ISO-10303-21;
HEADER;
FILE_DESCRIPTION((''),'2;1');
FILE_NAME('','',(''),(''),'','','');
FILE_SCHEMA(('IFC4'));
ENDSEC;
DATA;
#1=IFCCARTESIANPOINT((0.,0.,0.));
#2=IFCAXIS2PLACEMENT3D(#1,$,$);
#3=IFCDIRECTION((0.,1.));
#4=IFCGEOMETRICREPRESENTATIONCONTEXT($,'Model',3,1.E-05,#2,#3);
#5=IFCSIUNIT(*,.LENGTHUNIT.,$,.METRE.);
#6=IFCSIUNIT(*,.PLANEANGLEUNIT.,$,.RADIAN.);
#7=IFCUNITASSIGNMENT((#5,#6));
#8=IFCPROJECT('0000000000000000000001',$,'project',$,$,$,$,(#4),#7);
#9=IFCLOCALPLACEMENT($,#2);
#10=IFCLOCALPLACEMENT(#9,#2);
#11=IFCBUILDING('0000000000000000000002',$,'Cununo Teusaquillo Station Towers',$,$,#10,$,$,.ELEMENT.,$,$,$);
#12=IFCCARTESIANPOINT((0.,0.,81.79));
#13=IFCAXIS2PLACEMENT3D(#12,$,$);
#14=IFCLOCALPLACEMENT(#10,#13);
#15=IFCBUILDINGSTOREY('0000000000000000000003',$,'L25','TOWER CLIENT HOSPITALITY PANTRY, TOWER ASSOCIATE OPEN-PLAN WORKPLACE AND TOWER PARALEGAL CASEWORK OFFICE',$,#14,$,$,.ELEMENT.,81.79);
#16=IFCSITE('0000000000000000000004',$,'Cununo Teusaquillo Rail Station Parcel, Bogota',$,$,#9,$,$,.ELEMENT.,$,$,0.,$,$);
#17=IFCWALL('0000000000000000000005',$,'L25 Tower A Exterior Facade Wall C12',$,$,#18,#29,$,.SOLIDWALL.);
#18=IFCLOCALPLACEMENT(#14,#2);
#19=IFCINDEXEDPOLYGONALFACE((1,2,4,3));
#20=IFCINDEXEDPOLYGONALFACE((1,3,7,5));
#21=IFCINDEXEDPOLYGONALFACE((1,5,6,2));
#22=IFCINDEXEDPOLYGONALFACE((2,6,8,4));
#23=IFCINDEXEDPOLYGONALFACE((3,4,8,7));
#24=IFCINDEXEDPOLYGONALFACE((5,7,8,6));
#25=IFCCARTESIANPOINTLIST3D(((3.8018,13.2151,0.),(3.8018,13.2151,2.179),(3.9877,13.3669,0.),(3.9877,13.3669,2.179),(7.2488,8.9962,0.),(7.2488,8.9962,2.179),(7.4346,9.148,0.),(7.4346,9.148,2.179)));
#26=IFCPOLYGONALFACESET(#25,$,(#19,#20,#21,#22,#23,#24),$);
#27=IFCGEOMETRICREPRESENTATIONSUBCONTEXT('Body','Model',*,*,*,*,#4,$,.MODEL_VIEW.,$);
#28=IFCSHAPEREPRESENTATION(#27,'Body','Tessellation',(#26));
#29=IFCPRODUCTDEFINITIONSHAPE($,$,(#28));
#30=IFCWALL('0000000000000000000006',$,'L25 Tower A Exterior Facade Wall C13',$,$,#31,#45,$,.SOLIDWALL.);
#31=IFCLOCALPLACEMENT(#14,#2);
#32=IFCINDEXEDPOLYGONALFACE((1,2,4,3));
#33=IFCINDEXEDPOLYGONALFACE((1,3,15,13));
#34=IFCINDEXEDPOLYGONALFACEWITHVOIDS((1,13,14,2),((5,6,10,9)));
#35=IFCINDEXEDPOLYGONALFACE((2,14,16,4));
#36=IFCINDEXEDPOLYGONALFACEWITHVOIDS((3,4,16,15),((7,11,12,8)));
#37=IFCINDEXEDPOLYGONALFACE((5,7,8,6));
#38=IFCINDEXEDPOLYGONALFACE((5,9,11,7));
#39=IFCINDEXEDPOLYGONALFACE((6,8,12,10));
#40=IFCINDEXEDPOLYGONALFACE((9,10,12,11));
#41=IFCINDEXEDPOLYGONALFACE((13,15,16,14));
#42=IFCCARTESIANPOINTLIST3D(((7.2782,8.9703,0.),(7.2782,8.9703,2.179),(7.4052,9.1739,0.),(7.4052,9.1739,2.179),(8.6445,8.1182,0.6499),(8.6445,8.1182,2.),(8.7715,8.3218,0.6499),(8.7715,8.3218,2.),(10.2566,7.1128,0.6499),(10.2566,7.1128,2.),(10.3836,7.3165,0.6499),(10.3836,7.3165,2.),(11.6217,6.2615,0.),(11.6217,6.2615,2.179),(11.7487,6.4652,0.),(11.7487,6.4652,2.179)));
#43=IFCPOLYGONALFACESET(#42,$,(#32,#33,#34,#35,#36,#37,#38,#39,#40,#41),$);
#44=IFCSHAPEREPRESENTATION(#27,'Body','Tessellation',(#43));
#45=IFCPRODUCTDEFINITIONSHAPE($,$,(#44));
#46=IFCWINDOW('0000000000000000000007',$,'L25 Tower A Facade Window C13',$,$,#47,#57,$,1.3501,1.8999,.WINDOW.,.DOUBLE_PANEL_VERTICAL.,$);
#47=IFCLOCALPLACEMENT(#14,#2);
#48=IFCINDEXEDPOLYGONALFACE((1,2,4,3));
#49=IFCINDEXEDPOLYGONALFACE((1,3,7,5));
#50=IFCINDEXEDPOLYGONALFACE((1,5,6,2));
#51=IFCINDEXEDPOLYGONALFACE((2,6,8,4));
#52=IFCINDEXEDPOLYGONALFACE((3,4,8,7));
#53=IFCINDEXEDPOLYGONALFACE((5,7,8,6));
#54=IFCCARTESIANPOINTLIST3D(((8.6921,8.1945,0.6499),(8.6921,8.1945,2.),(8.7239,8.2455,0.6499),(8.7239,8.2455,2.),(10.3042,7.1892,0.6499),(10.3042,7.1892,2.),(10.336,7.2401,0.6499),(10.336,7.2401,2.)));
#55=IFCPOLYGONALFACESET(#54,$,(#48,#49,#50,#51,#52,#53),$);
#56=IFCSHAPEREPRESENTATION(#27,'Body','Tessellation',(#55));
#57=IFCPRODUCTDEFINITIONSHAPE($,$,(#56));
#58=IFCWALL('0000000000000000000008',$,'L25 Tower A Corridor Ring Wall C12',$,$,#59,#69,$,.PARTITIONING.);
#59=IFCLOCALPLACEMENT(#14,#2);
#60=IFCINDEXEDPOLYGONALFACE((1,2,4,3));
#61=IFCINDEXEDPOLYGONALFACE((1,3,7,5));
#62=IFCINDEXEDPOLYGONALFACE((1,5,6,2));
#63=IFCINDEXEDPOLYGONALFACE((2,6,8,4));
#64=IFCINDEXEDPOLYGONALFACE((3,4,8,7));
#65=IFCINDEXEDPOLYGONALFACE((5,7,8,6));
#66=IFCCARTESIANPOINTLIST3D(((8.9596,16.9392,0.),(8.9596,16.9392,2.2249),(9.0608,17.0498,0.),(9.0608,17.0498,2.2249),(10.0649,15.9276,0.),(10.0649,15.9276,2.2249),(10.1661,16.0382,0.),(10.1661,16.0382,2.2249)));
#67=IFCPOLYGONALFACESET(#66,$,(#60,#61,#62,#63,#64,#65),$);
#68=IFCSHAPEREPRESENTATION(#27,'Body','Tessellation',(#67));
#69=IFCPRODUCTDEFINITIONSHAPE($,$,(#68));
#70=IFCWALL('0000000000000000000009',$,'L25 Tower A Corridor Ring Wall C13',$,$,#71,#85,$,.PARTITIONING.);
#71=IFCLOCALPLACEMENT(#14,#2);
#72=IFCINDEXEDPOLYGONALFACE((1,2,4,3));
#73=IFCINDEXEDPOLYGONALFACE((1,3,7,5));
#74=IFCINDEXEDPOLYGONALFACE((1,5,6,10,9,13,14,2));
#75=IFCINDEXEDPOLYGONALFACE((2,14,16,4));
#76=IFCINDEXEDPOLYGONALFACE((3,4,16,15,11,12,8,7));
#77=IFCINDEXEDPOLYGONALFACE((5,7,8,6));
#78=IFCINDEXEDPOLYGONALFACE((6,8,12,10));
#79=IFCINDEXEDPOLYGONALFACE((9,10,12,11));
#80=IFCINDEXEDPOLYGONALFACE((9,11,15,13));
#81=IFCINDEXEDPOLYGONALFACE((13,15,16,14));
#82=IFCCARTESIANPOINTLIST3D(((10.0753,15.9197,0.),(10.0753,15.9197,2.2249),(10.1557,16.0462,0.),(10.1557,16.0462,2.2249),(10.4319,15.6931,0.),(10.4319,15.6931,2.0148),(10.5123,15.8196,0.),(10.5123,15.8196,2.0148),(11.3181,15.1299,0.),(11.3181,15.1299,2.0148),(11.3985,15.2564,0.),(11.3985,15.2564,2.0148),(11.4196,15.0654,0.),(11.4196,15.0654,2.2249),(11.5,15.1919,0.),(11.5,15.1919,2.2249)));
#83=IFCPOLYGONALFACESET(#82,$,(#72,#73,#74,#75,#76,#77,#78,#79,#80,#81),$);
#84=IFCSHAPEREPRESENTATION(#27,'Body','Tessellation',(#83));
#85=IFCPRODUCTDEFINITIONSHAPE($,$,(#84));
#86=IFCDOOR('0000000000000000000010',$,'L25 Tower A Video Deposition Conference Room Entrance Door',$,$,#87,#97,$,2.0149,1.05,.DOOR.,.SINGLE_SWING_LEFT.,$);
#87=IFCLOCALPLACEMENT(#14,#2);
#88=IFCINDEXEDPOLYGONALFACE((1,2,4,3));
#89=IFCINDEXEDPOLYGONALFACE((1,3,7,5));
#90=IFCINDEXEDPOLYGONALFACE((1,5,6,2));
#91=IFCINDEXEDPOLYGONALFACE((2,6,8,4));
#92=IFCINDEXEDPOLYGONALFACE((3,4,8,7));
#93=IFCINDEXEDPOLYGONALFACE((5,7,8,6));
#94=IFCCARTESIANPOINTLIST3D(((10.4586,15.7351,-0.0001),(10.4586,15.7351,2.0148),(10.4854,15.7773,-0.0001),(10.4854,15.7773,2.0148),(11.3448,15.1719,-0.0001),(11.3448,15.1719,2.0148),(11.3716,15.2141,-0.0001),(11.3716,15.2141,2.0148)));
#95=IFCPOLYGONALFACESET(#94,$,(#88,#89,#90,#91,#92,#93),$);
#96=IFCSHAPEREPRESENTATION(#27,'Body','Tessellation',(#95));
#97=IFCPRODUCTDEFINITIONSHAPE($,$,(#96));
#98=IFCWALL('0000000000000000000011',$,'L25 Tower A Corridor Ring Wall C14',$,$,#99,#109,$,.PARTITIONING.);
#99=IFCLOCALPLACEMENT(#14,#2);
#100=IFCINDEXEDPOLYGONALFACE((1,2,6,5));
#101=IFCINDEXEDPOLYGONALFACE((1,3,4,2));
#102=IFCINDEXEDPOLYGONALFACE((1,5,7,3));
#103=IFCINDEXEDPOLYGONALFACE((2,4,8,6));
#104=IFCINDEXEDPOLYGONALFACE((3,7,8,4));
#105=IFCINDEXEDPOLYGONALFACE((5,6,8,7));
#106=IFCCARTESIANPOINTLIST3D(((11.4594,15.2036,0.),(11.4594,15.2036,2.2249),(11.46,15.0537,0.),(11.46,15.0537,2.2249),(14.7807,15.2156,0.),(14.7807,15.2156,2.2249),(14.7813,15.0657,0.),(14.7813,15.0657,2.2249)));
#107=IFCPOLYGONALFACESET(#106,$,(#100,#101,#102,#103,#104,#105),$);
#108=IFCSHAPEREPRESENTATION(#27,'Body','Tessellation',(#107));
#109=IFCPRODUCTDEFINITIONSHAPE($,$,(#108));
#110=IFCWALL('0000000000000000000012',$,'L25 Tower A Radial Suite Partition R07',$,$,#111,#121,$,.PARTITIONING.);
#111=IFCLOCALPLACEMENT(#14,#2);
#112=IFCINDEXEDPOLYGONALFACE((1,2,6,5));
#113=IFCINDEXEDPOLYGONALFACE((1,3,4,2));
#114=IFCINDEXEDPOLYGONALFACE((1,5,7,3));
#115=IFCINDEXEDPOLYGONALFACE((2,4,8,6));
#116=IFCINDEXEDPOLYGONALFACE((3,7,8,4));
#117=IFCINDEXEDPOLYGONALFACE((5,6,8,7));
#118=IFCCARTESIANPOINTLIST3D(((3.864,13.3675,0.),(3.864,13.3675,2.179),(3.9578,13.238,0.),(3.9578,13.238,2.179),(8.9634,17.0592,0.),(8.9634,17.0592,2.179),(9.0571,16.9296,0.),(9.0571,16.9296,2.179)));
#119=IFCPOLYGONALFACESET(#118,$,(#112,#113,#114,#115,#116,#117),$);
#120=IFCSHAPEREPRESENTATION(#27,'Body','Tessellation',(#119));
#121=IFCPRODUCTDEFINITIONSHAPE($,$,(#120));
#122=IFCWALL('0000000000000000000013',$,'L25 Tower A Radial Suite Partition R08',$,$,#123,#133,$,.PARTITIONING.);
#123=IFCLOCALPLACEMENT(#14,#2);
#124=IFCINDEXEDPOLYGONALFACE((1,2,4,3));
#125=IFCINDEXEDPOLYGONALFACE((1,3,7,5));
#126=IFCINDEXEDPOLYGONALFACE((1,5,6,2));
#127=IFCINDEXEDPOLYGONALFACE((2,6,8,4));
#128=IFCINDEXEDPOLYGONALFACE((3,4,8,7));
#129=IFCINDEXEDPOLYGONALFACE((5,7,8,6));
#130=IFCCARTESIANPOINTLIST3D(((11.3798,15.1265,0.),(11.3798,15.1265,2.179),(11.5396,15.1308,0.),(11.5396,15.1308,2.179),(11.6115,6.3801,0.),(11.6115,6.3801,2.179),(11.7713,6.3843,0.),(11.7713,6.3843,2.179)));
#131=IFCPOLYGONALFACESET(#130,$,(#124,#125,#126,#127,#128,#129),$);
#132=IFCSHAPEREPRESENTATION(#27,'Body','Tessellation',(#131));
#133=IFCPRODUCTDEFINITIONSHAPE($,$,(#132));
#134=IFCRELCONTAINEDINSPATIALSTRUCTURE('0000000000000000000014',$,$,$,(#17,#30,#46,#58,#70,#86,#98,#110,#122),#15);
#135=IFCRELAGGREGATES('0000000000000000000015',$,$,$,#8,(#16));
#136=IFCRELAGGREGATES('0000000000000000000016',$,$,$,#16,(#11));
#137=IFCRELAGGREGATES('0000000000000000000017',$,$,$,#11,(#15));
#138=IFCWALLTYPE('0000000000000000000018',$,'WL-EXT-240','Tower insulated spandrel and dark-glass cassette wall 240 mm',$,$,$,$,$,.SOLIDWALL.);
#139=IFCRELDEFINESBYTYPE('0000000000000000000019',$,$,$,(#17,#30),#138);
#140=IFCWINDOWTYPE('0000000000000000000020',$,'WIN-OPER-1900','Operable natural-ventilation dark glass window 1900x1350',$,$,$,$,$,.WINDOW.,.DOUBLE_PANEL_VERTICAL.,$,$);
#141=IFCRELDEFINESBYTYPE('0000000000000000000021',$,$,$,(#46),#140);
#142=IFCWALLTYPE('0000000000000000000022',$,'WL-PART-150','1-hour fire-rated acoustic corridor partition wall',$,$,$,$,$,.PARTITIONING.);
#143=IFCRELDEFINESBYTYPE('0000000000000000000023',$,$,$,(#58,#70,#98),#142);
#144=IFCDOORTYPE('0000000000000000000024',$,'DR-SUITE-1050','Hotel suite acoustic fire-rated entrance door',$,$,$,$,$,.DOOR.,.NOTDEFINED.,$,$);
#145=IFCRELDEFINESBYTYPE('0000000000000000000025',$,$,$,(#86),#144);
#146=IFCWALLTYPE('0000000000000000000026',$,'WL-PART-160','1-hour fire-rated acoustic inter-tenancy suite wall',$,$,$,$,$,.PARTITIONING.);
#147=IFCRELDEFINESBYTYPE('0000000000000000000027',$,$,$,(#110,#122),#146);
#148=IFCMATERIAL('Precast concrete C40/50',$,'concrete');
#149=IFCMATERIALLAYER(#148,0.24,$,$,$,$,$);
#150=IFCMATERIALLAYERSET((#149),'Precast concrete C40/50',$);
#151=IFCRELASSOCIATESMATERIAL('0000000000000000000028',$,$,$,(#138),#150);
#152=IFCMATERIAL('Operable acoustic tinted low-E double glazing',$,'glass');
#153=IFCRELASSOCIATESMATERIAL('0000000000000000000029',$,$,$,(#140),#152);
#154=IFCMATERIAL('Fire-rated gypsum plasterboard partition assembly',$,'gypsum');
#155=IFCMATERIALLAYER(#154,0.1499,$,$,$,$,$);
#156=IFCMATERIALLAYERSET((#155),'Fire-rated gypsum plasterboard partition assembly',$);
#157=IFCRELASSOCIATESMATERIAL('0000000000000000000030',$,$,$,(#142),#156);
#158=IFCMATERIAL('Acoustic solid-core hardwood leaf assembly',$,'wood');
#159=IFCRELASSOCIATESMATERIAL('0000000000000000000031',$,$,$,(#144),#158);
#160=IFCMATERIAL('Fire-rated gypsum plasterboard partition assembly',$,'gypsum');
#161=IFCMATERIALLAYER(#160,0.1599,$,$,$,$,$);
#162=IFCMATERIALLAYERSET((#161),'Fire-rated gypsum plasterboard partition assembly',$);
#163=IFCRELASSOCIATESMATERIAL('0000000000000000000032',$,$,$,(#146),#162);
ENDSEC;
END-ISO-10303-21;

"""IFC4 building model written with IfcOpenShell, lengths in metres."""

from ifc_helpers import new_model, si_unit, direction, frame, frame_2d, origin, place, context, subcontext, project, spatial, rectangle, extrude, source, transform, mapped, material, layer, layer_set, type_object, element, fill, save


model = new_model("IFC4")

# Units and contexts
model_context = context("Model", 3, precision=1e-05, world=origin(), true_north=direction((0.0, 1.0)))
body_context = subcontext(model_context, "Body", "Model", "MODEL_VIEW")
ifc_project = project(units=[si_unit("LENGTHUNIT", "METRE"), si_unit("PLANEANGLEUNIT", "RADIAN")], contexts=[model_context])

# Site, building, storey
site_placement = place(None, origin())
site = spatial("IfcSite", under=ifc_project, at=site_placement, Name="Cununo Teusaquillo Rail Station Parcel, Bogota", CompositionType="ELEMENT", RefElevation=0.0)
building_placement = place(site_placement, origin())
building = spatial("IfcBuilding", under=site, at=building_placement, Name="Cununo Teusaquillo Station Towers", CompositionType="ELEMENT")
storey_placement = place(building_placement, frame((0.0, 0.0, 81.79)))
storey = spatial("IfcBuildingStorey", under=building, at=storey_placement, Name="L25", Description="TOWER CLIENT HOSPITALITY PANTRY, TOWER ASSOCIATE OPEN-PLAN WORKPLACE AND TOWER PARALEGAL CASEWORK OFFICE", CompositionType="ELEMENT", Elevation=81.79)

# Shared definitions
ifc_material_1 = material(Name="Precast concrete C40/50", Category="concrete")
ifc_layer_1 = layer(ifc_material_1, 0.24)
ifc_layer_set_1 = layer_set([ifc_layer_1], Name="Precast concrete C40/50")
wall_type_1 = type_object("IfcWallType", Name="WL-EXT-240", Description="Tower insulated spandrel and dark-glass cassette wall 240 mm", PredefinedType="SOLIDWALL", material=ifc_layer_set_1)

# Wall
wall_1_placement = place(storey_placement, frame((7.3418, 9.072, 0.0), z_axis=(0.0, 0.0, 1.0), x_axis=(-0.632701, 0.774396, 0.0)))
element("IfcWall", 1, at=wall_1_placement, inside=storey, type_object=wall_type_1, Name="L25 Tower A Exterior Facade Wall C12", PredefinedType="SOLIDWALL", context=body_context, shape_type="SweptSolid", body=[
    extrude(rectangle(XDim=5.448, YDim=0.24, at=frame_2d((2.7241, 0.0))), origin(), (0.0, 0.0, 1.0), 2.179),
])

# Wall, opening, window
wall_2_placement = place(storey_placement, frame((11.6853, 6.3633, 0.0), z_axis=(0.0, 0.0, 1.0), x_axis=(-0.84852, 0.529163, 0.0)))
wall_2 = element("IfcWall", 2, at=wall_2_placement, inside=storey, type_object=wall_type_1, Name="L25 Tower A Exterior Facade Wall C13", PredefinedType="SOLIDWALL", context=body_context, shape_type="SweptSolid", body=[
    extrude(rectangle(XDim=5.1189, YDim=0.24, at=frame_2d((2.5596, 0.0))), origin(), (0.0, 0.0, 1.0), 2.179),
])
shared_shape_1 = source(origin(), body_context, "Body", "SweptSolid", [
    extrude(rectangle(XDim=1.8999, YDim=1.3501, at=frame_2d((0.95, 0.675))), frame((0.0, 0.1299, 0.0), z_axis=(0.0, -1.0, 0.0), x_axis=(1.0, 0.0, 0.0)), (0.0, 0.0, 1.0), 0.26),
])
opening_1_placement = place(wall_2_placement, frame((1.6089, 0.0, 0.6499)))
opening_1 = element("IfcOpeningElement", 3, at=opening_1_placement, cuts=wall_2, PredefinedType="OPENING", context=body_context, shape_type="MappedRepresentation", body=[
    mapped(shared_shape_1, transform((0.0, 0.0, 0.0), x_axis=(1.0, 0.0, 0.0), y_axis=(0.0, 1.0, 0.0), z_axis=(0.0, 0.0, 1.0), scale=1.0)),
])
ifc_material_2 = material(Name="Operable acoustic tinted low-E double glazing", Category="glass")
window_type_1 = type_object("IfcWindowType", Name="WIN-OPER-1900", Description="Operable natural-ventilation dark glass window 1900x1350", PartitioningType="DOUBLE_PANEL_VERTICAL", PredefinedType="WINDOW", material=ifc_material_2)
shared_shape_2 = source(origin(), body_context, "Body", "SweptSolid", [
    extrude(rectangle(XDim=1.8999, YDim=1.3501, at=frame_2d((0.95, 0.675))), frame((0.0, 0.03, 0.0), z_axis=(0.0, -1.0, 0.0), x_axis=(1.0, 0.0, 0.0)), (0.0, 0.0, 1.0), 0.0601),
])
window_1_placement = place(opening_1_placement, origin())
window_1 = element("IfcWindow", 4, at=window_1_placement, inside=storey, type_object=window_type_1, Name="L25 Tower A Facade Window C13", OverallHeight=1.3501, OverallWidth=1.8999, PartitioningType="DOUBLE_PANEL_VERTICAL", PredefinedType="WINDOW", context=body_context, shape_type="MappedRepresentation", body=[
    mapped(shared_shape_2, transform((0.0, 0.0, 0.0), x_axis=(1.0, 0.0, 0.0), y_axis=(0.0, 1.0, 0.0), z_axis=(0.0, 0.0, 1.0), scale=1.0)),
])
fill(opening_1, window_1)

# Wall
ifc_material_3 = material(Name="Fire-rated gypsum plasterboard partition assembly", Category="gypsum")
ifc_layer_2 = layer(ifc_material_3, 0.1499)
ifc_layer_set_2 = layer_set([ifc_layer_2], Name="Fire-rated gypsum plasterboard partition assembly")
wall_type_2 = type_object("IfcWallType", Name="WL-PART-150", Description="1-hour fire-rated acoustic corridor partition wall", PredefinedType="PARTITIONING", material=ifc_layer_set_2)
wall_3_placement = place(storey_placement, frame((9.0103, 16.9944, 0.0), z_axis=(0.0, 0.0, 1.0), x_axis=(0.737702, -0.675127, 0.0)))
element("IfcWall", 5, at=wall_3_placement, inside=storey, type_object=wall_type_2, Name="L25 Tower A Corridor Ring Wall C12", PredefinedType="PARTITIONING", context=body_context, shape_type="SweptSolid", body=[
    extrude(rectangle(XDim=1.4983, YDim=0.1499, at=frame_2d((0.749, 0.0))), origin(), (0.0, 0.0, 1.0), 2.2249),
])

# Wall, opening, door
wall_4_placement = place(storey_placement, frame((10.1155, 15.9829, 0.0), z_axis=(0.0, 0.0, 1.0), x_axis=(0.843996, -0.53635, 0.0)))
wall_4 = element("IfcWall", 6, at=wall_4_placement, inside=storey, type_object=wall_type_2, Name="L25 Tower A Corridor Ring Wall C13", PredefinedType="PARTITIONING", context=body_context, shape_type="SweptSolid", body=[
    extrude(rectangle(XDim=1.5928, YDim=0.1499, at=frame_2d((0.7964, 0.0))), origin(), (0.0, 0.0, 1.0), 2.2249),
])
shared_shape_3 = source(origin(), body_context, "Body", "SweptSolid", [
    extrude(rectangle(XDim=1.05, YDim=2.0149, at=frame_2d((0.5249, 1.0073))), frame((0.0, 0.085, 0.0), z_axis=(0.0, -1.0, 0.0), x_axis=(1.0, 0.0, 0.0)), (0.0, 0.0, 1.0), 0.1699),
])
opening_2_placement = place(wall_4_placement, frame((0.4226, 0.0, 0.0)))
opening_2 = element("IfcOpeningElement", 7, at=opening_2_placement, cuts=wall_4, PredefinedType="OPENING", context=body_context, shape_type="MappedRepresentation", body=[
    mapped(shared_shape_3, transform((0.0, 0.0, 0.0), x_axis=(1.0, 0.0, 0.0), y_axis=(0.0, 1.0, 0.0), z_axis=(0.0, 0.0, 1.0), scale=1.0)),
])
ifc_material_4 = material(Name="Acoustic solid-core hardwood leaf assembly", Category="wood")
door_type = type_object("IfcDoorType", Name="DR-SUITE-1050", Description="Hotel suite acoustic fire-rated entrance door", OperationType="NOTDEFINED", PredefinedType="DOOR", material=ifc_material_4)
shared_shape_4 = source(origin(), body_context, "Body", "SweptSolid", [
    extrude(rectangle(XDim=1.05, YDim=2.0149, at=frame_2d((0.5249, 1.0073))), frame((0.0, 0.0249, 0.0), z_axis=(0.0, -1.0, 0.0), x_axis=(1.0, 0.0, 0.0)), (0.0, 0.0, 1.0), 0.05),
])
door_placement = place(opening_2_placement, origin())
door = element("IfcDoor", 8, at=door_placement, inside=storey, type_object=door_type, Name="L25 Tower A Video Deposition Conference Room Entrance Door", OperationType="SINGLE_SWING_LEFT", OverallHeight=2.0149, OverallWidth=1.05, PredefinedType="DOOR", context=body_context, shape_type="MappedRepresentation", body=[
    mapped(shared_shape_4, transform((0.0, 0.0, 0.0), x_axis=(1.0, 0.0, 0.0), y_axis=(0.0, 1.0, 0.0), z_axis=(0.0, 0.0, 1.0), scale=1.0)),
])
fill(opening_2, door)

# Walls
wall_5_placement = place(storey_placement, frame((11.4597, 15.1287, 0.0), z_axis=(0.0, 0.0, 1.0), x_axis=(0.999994, 0.003602, 0.0)))
element("IfcWall", 9, at=wall_5_placement, inside=storey, type_object=wall_type_2, Name="L25 Tower A Corridor Ring Wall C14", PredefinedType="PARTITIONING", context=body_context, shape_type="SweptSolid", body=[
    extrude(rectangle(XDim=3.3213, YDim=0.1499, at=frame_2d((1.6606, 0.0))), origin(), (0.0, 0.0, 1.0), 2.2249),
])
ifc_material_5 = material(Name="Fire-rated gypsum plasterboard partition assembly", Category="gypsum")
ifc_layer_3 = layer(ifc_material_5, 0.1599)
ifc_layer_set_3 = layer_set([ifc_layer_3], Name="Fire-rated gypsum plasterboard partition assembly")
wall_type_3 = type_object("IfcWallType", Name="WL-PART-160", Description="1-hour fire-rated acoustic inter-tenancy suite wall", PredefinedType="PARTITIONING", material=ifc_layer_set_3)
wall_6_placement = place(storey_placement, frame((9.0103, 16.9944, 0.0), z_axis=(0.0, 0.0, 1.0), x_axis=(-0.810017, -0.586406, 0.0)))
element("IfcWall", 10, at=wall_6_placement, inside=storey, type_object=wall_type_3, Name="L25 Tower A Radial Suite Partition R07", PredefinedType="PARTITIONING", context=body_context, shape_type="SweptSolid", body=[
    extrude(rectangle(XDim=6.2954, YDim=0.1599, at=frame_2d((3.1477, 0.0))), origin(), (0.0, 0.0, 1.0), 2.179),
])
wall_7_placement = place(storey_placement, frame((11.4597, 15.1287, 0.0), z_axis=(0.0, 0.0, 1.0), x_axis=(0.026481, -0.999649, 0.0)))
element("IfcWall", 11, at=wall_7_placement, inside=storey, type_object=wall_type_3, Name="L25 Tower A Radial Suite Partition R08", PredefinedType="PARTITIONING", context=body_context, shape_type="SweptSolid", body=[
    extrude(rectangle(XDim=8.7495, YDim=0.1599, at=frame_2d((4.3748, 0.0))), origin(), (0.0, 0.0, 1.0), 2.179),
])

save(model, "model.ifc")
